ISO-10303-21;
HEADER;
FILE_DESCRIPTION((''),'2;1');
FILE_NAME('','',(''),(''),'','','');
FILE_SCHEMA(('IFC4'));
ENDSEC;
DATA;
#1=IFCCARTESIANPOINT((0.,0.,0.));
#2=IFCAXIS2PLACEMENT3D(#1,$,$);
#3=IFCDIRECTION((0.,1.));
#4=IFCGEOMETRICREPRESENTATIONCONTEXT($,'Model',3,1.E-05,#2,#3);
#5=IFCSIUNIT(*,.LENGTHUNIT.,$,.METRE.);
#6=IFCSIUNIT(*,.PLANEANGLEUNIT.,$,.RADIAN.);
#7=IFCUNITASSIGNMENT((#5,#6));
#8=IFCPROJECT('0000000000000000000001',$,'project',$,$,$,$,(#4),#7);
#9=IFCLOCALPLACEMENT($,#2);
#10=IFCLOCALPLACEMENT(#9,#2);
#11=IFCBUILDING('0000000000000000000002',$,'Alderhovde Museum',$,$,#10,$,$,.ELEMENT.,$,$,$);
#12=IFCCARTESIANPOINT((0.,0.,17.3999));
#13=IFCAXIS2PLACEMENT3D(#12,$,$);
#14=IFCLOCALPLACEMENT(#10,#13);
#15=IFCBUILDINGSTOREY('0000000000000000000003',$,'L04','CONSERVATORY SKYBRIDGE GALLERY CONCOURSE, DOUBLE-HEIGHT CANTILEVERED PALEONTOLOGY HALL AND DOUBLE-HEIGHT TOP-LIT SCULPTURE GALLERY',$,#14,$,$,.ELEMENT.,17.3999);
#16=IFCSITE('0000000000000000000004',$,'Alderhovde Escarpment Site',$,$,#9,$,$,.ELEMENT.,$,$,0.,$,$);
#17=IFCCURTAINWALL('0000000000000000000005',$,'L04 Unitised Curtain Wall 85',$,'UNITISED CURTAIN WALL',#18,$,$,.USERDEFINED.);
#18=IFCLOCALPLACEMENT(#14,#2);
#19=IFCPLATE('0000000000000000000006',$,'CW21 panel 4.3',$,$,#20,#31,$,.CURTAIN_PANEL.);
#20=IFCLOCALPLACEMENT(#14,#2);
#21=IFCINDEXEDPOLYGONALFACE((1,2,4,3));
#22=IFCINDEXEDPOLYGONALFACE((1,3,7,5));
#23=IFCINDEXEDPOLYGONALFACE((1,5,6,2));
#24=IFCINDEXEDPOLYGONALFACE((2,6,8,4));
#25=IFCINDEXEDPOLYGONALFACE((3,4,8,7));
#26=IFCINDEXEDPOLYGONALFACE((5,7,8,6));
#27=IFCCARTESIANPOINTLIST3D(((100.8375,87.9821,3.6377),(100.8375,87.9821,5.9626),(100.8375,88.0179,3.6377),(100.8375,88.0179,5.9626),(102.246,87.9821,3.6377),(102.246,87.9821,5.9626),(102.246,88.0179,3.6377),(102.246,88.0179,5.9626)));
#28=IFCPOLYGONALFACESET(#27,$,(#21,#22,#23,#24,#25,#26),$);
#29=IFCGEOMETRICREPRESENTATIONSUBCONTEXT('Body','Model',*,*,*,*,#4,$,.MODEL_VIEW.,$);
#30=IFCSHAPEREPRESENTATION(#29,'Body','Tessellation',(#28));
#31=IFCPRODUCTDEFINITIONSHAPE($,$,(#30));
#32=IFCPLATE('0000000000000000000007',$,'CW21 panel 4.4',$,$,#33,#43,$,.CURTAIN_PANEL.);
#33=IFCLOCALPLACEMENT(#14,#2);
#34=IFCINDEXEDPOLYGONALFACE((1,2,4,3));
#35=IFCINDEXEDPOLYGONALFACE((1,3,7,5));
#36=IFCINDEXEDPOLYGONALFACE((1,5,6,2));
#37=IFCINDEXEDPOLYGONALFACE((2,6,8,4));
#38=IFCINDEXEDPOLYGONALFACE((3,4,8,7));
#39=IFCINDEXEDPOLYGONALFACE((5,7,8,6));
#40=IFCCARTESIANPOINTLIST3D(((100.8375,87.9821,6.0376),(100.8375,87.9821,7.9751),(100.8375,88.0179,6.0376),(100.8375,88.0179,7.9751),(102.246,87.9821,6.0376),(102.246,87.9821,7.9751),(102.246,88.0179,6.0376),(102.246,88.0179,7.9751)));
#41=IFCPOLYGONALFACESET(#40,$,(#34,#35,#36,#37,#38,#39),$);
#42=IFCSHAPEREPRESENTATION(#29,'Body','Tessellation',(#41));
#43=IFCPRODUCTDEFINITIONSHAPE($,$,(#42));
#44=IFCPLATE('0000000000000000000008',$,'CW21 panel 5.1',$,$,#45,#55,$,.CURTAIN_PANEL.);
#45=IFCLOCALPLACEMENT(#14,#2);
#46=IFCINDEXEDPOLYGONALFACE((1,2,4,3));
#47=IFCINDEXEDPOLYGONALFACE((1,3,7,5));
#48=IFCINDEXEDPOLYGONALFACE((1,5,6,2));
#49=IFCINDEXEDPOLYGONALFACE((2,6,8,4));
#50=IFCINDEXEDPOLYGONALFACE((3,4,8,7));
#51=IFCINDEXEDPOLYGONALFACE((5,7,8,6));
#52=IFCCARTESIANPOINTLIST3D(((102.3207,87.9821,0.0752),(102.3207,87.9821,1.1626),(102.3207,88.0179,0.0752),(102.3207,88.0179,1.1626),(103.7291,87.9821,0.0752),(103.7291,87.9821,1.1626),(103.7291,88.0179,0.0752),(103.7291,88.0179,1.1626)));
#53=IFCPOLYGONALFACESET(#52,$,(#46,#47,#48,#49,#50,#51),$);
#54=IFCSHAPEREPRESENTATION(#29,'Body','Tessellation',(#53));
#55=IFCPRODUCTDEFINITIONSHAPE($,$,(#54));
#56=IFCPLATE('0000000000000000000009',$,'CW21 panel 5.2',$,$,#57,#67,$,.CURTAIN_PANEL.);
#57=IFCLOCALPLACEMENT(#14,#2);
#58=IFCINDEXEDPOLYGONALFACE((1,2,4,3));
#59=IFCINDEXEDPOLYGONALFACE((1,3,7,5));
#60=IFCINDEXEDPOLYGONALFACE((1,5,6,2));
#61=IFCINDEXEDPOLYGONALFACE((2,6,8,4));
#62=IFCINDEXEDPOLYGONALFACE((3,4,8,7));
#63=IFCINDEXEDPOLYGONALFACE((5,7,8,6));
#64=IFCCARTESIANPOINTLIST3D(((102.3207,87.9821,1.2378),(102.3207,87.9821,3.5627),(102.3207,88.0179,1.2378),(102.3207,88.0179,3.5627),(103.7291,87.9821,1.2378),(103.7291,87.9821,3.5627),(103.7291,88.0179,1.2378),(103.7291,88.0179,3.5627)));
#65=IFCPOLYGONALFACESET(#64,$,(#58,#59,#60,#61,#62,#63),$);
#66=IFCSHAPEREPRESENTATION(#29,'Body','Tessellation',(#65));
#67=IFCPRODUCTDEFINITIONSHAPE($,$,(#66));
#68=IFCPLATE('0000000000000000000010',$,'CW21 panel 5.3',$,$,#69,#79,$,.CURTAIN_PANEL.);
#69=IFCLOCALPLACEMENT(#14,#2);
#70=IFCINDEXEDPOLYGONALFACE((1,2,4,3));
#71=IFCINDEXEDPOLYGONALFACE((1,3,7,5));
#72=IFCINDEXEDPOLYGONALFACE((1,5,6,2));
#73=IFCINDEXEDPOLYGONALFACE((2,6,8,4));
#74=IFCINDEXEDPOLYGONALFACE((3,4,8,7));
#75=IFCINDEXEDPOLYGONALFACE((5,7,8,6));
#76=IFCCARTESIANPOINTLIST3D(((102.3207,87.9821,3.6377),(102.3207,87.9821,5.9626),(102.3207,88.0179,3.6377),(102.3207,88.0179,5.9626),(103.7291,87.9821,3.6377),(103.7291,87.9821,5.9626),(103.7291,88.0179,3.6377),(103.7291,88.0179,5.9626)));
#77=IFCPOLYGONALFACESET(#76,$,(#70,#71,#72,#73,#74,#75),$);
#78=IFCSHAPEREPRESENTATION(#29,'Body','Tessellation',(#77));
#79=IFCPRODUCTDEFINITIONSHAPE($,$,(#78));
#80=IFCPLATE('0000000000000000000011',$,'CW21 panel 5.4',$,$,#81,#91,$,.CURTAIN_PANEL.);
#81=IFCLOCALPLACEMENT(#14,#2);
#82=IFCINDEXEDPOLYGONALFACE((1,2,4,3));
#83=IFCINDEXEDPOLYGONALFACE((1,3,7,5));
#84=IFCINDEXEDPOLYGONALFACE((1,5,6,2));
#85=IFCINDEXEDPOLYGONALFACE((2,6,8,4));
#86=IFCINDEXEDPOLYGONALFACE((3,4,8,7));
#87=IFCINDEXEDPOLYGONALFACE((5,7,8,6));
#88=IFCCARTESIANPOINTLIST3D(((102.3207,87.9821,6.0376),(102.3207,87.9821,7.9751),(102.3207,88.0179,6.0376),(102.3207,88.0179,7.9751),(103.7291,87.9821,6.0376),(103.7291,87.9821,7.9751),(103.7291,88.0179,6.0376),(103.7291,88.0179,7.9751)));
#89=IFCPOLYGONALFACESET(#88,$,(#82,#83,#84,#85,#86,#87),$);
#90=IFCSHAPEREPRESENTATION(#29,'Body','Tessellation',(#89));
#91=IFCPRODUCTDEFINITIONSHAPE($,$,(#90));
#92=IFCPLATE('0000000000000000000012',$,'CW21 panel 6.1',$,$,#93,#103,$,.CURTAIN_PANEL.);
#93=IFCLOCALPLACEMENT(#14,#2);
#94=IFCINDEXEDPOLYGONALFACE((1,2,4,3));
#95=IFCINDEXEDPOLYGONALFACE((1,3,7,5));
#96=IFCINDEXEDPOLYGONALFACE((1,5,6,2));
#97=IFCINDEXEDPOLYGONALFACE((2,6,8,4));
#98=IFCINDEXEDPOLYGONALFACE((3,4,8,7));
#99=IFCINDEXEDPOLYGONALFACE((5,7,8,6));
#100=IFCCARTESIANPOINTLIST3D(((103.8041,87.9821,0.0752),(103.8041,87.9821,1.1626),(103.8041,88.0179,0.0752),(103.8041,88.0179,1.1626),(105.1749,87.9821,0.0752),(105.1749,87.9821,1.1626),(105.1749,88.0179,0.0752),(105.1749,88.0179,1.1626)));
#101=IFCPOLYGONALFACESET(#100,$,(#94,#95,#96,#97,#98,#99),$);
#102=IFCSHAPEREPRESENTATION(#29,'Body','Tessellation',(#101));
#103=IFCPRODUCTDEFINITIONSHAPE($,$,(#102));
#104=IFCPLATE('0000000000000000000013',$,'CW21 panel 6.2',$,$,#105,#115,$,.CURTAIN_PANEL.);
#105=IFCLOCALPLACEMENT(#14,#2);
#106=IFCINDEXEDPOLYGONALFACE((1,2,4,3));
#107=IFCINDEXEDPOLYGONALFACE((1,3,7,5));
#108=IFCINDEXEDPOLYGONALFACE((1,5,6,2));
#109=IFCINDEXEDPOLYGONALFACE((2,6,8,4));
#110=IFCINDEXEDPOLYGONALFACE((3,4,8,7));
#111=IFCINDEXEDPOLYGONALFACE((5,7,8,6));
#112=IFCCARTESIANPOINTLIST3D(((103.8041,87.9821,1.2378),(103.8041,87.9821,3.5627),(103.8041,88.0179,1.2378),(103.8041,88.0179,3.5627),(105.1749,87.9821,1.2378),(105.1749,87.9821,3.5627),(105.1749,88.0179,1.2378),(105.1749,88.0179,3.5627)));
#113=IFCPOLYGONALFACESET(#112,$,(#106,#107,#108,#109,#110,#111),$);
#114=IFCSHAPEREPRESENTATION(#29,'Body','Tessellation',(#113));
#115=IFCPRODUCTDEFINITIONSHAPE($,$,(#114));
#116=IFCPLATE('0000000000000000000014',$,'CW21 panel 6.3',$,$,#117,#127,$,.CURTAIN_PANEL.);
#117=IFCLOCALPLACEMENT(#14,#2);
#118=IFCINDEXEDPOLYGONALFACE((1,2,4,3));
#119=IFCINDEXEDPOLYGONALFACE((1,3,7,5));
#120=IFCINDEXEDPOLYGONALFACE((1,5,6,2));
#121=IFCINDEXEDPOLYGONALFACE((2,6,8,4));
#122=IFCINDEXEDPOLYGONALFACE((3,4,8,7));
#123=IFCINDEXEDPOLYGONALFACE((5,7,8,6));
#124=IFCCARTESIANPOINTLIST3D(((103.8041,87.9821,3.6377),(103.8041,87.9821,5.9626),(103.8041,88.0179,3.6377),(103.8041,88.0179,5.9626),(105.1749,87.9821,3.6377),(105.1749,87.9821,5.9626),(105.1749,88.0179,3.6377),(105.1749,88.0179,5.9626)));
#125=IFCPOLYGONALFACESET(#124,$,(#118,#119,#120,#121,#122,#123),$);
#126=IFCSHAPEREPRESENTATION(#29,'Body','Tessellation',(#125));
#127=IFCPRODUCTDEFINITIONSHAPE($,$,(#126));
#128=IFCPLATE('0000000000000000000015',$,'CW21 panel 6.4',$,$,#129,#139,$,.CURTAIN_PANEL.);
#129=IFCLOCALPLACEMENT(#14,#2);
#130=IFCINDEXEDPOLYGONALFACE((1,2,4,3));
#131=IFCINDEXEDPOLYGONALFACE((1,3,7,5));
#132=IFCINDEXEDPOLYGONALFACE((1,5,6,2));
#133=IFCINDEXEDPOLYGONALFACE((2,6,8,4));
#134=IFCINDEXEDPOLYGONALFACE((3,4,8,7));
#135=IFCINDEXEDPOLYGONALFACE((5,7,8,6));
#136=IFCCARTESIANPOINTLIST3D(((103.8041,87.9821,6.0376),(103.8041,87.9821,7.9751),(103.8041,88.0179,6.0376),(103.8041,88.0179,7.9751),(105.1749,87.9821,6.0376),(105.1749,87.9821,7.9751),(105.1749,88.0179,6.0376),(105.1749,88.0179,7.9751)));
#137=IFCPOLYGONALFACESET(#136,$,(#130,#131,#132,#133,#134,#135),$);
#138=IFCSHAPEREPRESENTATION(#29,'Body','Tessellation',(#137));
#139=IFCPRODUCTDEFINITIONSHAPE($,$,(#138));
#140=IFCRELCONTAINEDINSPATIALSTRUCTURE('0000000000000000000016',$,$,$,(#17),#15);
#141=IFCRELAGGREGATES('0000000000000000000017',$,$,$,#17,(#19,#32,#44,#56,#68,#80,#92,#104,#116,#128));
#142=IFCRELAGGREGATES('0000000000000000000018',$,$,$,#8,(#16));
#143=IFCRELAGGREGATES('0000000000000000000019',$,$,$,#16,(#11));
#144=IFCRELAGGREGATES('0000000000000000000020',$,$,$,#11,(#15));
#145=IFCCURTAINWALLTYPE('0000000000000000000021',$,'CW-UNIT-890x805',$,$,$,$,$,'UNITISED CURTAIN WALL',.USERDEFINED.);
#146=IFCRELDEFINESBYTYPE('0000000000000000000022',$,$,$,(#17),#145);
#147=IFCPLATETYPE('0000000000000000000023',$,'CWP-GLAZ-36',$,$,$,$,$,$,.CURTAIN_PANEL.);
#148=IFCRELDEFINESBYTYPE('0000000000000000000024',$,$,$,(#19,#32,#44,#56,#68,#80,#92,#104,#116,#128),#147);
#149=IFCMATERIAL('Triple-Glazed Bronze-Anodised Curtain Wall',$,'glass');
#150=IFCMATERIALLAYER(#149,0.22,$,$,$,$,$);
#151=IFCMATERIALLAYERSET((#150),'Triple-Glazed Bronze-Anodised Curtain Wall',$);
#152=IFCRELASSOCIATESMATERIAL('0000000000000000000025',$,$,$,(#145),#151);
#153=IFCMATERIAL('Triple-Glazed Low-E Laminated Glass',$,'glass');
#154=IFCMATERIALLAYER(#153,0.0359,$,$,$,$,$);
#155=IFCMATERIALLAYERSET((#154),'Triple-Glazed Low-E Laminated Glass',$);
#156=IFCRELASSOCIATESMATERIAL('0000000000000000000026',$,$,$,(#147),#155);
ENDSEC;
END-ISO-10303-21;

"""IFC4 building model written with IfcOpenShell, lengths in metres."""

from ifc_helpers import new_model, si_unit, direction, frame, origin, origin_2d, place, context, subcontext, project, spatial, rectangle, extrude, material, layer, layer_set, type_object, element, aggregate, save


model = new_model("IFC4")

# Units and contexts
model_context = context("Model", 3, precision=1e-05, world=origin(), true_north=direction((0.0, 1.0)))
body_context = subcontext(model_context, "Body", "Model", "MODEL_VIEW")
ifc_project = project(units=[si_unit("LENGTHUNIT", "METRE"), si_unit("PLANEANGLEUNIT", "RADIAN")], contexts=[model_context])

# Site, building, storey
site_placement = place(None, origin())
site = spatial("IfcSite", under=ifc_project, at=site_placement, Name="Alderhovde Escarpment Site", CompositionType="ELEMENT", RefElevation=0.0)
building_placement = place(site_placement, origin())
building = spatial("IfcBuilding", under=site, at=building_placement, Name="Alderhovde Museum", CompositionType="ELEMENT")
storey_placement = place(building_placement, frame((0.0, 0.0, 17.3999)))
storey = spatial("IfcBuildingStorey", under=building, at=storey_placement, Name="L04", Description="CONSERVATORY SKYBRIDGE GALLERY CONCOURSE, DOUBLE-HEIGHT CANTILEVERED PALEONTOLOGY HALL AND DOUBLE-HEIGHT TOP-LIT SCULPTURE GALLERY", CompositionType="ELEMENT", Elevation=17.3999)

# Curtain wall
ifc_material_1 = material(Name="Triple-Glazed Bronze-Anodised Curtain Wall", Category="glass")
ifc_layer_1 = layer(ifc_material_1, 0.22)
ifc_layer_set_1 = layer_set([ifc_layer_1], Name="Triple-Glazed Bronze-Anodised Curtain Wall")
curtain_wall_type = type_object("IfcCurtainWallType", Name="CW-UNIT-890x805", ElementType="UNITISED CURTAIN WALL", PredefinedType="USERDEFINED", material=ifc_layer_set_1)
curtain_wall_1_placement = place(storey_placement, origin())
curtain_wall_1 = element("IfcCurtainWall", 1, at=curtain_wall_1_placement, inside=storey, type_object=curtain_wall_type, Name="L04 Unitised Curtain Wall 85", ObjectType="UNITISED CURTAIN WALL", PredefinedType="USERDEFINED")

# Plates
ifc_material_2 = material(Name="Triple-Glazed Low-E Laminated Glass", Category="glass")
ifc_layer_2 = layer(ifc_material_2, 0.0359)
ifc_layer_set_2 = layer_set([ifc_layer_2], Name="Triple-Glazed Low-E Laminated Glass")
plate_type = type_object("IfcPlateType", Name="CWP-GLAZ-36", PredefinedType="CURTAIN_PANEL", material=ifc_layer_set_2)
plate_1_placement = place(storey_placement, frame((101.5417, 88.0, 3.6377), z_axis=(0.0, 0.0, 1.0), x_axis=(1.0, 0.0, 0.0)))
plate_1 = element("IfcPlate", 2, at=plate_1_placement, type_object=plate_type, Name="CW21 panel 4.3", PredefinedType="CURTAIN_PANEL", context=body_context, shape_type="SweptSolid", body=[
    extrude(rectangle(XDim=1.4084, YDim=0.0359, at=origin_2d()), origin(), (0.0, 0.0, 1.0), 2.325),
])
plate_2_placement = place(storey_placement, frame((101.5417, 88.0, 6.0376), z_axis=(0.0, 0.0, 1.0), x_axis=(1.0, 0.0, 0.0)))
plate_2 = element("IfcPlate", 3, at=plate_2_placement, type_object=plate_type, Name="CW21 panel 4.4", PredefinedType="CURTAIN_PANEL", context=body_context, shape_type="SweptSolid", body=[
    extrude(rectangle(XDim=1.4084, YDim=0.0359, at=origin_2d()), origin(), (0.0, 0.0, 1.0), 1.9375),
])
plate_3_placement = place(storey_placement, frame((103.0249, 88.0, 0.0752), z_axis=(0.0, 0.0, 1.0), x_axis=(1.0, 0.0, 0.0)))
plate_3 = element("IfcPlate", 4, at=plate_3_placement, type_object=plate_type, Name="CW21 panel 5.1", PredefinedType="CURTAIN_PANEL", context=body_context, shape_type="SweptSolid", body=[
    extrude(rectangle(XDim=1.4084, YDim=0.0359, at=origin_2d()), origin(), (0.0, 0.0, 1.0), 1.0874),
])
plate_4_placement = place(storey_placement, frame((103.0249, 88.0, 1.2378), z_axis=(0.0, 0.0, 1.0), x_axis=(1.0, 0.0, 0.0)))
plate_4 = element("IfcPlate", 5, at=plate_4_placement, type_object=plate_type, Name="CW21 panel 5.2", PredefinedType="CURTAIN_PANEL", context=body_context, shape_type="SweptSolid", body=[
    extrude(rectangle(XDim=1.4084, YDim=0.0359, at=origin_2d()), origin(), (0.0, 0.0, 1.0), 2.325),
])
plate_5_placement = place(storey_placement, frame((103.0249, 88.0, 3.6377), z_axis=(0.0, 0.0, 1.0), x_axis=(1.0, 0.0, 0.0)))
plate_5 = element("IfcPlate", 6, at=plate_5_placement, type_object=plate_type, Name="CW21 panel 5.3", PredefinedType="CURTAIN_PANEL", context=body_context, shape_type="SweptSolid", body=[
    extrude(rectangle(XDim=1.4084, YDim=0.0359, at=origin_2d()), origin(), (0.0, 0.0, 1.0), 2.325),
])
plate_6_placement = place(storey_placement, frame((103.0249, 88.0, 6.0376), z_axis=(0.0, 0.0, 1.0), x_axis=(1.0, 0.0, 0.0)))
plate_6 = element("IfcPlate", 7, at=plate_6_placement, type_object=plate_type, Name="CW21 panel 5.4", PredefinedType="CURTAIN_PANEL", context=body_context, shape_type="SweptSolid", body=[
    extrude(rectangle(XDim=1.4084, YDim=0.0359, at=origin_2d()), origin(), (0.0, 0.0, 1.0), 1.9375),
])
plate_7_placement = place(storey_placement, frame((104.4895, 88.0, 0.0752), z_axis=(0.0, 0.0, 1.0), x_axis=(1.0, 0.0, 0.0)))
plate_7 = element("IfcPlate", 8, at=plate_7_placement, type_object=plate_type, Name="CW21 panel 6.1", PredefinedType="CURTAIN_PANEL", context=body_context, shape_type="SweptSolid", body=[
    extrude(rectangle(XDim=1.3708, YDim=0.0359, at=origin_2d()), origin(), (0.0, 0.0, 1.0), 1.0874),
])
plate_8_placement = place(storey_placement, frame((104.4895, 88.0, 1.2378), z_axis=(0.0, 0.0, 1.0), x_axis=(1.0, 0.0, 0.0)))
plate_8 = element("IfcPlate", 9, at=plate_8_placement, type_object=plate_type, Name="CW21 panel 6.2", PredefinedType="CURTAIN_PANEL", context=body_context, shape_type="SweptSolid", body=[
    extrude(rectangle(XDim=1.3708, YDim=0.0359, at=origin_2d()), origin(), (0.0, 0.0, 1.0), 2.325),
])
plate_9_placement = place(storey_placement, frame((104.4895, 88.0, 3.6377), z_axis=(0.0, 0.0, 1.0), x_axis=(1.0, 0.0, 0.0)))
plate_9 = element("IfcPlate", 10, at=plate_9_placement, type_object=plate_type, Name="CW21 panel 6.3", PredefinedType="CURTAIN_PANEL", context=body_context, shape_type="SweptSolid", body=[
    extrude(rectangle(XDim=1.3708, YDim=0.0359, at=origin_2d()), origin(), (0.0, 0.0, 1.0), 2.325),
])
plate_10_placement = place(storey_placement, frame((104.4895, 88.0, 6.0376), z_axis=(0.0, 0.0, 1.0), x_axis=(1.0, 0.0, 0.0)))
plate_10 = element("IfcPlate", 11, at=plate_10_placement, type_object=plate_type, Name="CW21 panel 6.4", PredefinedType="CURTAIN_PANEL", context=body_context, shape_type="SweptSolid", body=[
    extrude(rectangle(XDim=1.3708, YDim=0.0359, at=origin_2d()), origin(), (0.0, 0.0, 1.0), 1.9375),
])
aggregate(curtain_wall_1, [plate_1, plate_2, plate_3, plate_4, plate_5, plate_6, plate_7, plate_8, plate_9, plate_10])

save(model, "model.ifc")
